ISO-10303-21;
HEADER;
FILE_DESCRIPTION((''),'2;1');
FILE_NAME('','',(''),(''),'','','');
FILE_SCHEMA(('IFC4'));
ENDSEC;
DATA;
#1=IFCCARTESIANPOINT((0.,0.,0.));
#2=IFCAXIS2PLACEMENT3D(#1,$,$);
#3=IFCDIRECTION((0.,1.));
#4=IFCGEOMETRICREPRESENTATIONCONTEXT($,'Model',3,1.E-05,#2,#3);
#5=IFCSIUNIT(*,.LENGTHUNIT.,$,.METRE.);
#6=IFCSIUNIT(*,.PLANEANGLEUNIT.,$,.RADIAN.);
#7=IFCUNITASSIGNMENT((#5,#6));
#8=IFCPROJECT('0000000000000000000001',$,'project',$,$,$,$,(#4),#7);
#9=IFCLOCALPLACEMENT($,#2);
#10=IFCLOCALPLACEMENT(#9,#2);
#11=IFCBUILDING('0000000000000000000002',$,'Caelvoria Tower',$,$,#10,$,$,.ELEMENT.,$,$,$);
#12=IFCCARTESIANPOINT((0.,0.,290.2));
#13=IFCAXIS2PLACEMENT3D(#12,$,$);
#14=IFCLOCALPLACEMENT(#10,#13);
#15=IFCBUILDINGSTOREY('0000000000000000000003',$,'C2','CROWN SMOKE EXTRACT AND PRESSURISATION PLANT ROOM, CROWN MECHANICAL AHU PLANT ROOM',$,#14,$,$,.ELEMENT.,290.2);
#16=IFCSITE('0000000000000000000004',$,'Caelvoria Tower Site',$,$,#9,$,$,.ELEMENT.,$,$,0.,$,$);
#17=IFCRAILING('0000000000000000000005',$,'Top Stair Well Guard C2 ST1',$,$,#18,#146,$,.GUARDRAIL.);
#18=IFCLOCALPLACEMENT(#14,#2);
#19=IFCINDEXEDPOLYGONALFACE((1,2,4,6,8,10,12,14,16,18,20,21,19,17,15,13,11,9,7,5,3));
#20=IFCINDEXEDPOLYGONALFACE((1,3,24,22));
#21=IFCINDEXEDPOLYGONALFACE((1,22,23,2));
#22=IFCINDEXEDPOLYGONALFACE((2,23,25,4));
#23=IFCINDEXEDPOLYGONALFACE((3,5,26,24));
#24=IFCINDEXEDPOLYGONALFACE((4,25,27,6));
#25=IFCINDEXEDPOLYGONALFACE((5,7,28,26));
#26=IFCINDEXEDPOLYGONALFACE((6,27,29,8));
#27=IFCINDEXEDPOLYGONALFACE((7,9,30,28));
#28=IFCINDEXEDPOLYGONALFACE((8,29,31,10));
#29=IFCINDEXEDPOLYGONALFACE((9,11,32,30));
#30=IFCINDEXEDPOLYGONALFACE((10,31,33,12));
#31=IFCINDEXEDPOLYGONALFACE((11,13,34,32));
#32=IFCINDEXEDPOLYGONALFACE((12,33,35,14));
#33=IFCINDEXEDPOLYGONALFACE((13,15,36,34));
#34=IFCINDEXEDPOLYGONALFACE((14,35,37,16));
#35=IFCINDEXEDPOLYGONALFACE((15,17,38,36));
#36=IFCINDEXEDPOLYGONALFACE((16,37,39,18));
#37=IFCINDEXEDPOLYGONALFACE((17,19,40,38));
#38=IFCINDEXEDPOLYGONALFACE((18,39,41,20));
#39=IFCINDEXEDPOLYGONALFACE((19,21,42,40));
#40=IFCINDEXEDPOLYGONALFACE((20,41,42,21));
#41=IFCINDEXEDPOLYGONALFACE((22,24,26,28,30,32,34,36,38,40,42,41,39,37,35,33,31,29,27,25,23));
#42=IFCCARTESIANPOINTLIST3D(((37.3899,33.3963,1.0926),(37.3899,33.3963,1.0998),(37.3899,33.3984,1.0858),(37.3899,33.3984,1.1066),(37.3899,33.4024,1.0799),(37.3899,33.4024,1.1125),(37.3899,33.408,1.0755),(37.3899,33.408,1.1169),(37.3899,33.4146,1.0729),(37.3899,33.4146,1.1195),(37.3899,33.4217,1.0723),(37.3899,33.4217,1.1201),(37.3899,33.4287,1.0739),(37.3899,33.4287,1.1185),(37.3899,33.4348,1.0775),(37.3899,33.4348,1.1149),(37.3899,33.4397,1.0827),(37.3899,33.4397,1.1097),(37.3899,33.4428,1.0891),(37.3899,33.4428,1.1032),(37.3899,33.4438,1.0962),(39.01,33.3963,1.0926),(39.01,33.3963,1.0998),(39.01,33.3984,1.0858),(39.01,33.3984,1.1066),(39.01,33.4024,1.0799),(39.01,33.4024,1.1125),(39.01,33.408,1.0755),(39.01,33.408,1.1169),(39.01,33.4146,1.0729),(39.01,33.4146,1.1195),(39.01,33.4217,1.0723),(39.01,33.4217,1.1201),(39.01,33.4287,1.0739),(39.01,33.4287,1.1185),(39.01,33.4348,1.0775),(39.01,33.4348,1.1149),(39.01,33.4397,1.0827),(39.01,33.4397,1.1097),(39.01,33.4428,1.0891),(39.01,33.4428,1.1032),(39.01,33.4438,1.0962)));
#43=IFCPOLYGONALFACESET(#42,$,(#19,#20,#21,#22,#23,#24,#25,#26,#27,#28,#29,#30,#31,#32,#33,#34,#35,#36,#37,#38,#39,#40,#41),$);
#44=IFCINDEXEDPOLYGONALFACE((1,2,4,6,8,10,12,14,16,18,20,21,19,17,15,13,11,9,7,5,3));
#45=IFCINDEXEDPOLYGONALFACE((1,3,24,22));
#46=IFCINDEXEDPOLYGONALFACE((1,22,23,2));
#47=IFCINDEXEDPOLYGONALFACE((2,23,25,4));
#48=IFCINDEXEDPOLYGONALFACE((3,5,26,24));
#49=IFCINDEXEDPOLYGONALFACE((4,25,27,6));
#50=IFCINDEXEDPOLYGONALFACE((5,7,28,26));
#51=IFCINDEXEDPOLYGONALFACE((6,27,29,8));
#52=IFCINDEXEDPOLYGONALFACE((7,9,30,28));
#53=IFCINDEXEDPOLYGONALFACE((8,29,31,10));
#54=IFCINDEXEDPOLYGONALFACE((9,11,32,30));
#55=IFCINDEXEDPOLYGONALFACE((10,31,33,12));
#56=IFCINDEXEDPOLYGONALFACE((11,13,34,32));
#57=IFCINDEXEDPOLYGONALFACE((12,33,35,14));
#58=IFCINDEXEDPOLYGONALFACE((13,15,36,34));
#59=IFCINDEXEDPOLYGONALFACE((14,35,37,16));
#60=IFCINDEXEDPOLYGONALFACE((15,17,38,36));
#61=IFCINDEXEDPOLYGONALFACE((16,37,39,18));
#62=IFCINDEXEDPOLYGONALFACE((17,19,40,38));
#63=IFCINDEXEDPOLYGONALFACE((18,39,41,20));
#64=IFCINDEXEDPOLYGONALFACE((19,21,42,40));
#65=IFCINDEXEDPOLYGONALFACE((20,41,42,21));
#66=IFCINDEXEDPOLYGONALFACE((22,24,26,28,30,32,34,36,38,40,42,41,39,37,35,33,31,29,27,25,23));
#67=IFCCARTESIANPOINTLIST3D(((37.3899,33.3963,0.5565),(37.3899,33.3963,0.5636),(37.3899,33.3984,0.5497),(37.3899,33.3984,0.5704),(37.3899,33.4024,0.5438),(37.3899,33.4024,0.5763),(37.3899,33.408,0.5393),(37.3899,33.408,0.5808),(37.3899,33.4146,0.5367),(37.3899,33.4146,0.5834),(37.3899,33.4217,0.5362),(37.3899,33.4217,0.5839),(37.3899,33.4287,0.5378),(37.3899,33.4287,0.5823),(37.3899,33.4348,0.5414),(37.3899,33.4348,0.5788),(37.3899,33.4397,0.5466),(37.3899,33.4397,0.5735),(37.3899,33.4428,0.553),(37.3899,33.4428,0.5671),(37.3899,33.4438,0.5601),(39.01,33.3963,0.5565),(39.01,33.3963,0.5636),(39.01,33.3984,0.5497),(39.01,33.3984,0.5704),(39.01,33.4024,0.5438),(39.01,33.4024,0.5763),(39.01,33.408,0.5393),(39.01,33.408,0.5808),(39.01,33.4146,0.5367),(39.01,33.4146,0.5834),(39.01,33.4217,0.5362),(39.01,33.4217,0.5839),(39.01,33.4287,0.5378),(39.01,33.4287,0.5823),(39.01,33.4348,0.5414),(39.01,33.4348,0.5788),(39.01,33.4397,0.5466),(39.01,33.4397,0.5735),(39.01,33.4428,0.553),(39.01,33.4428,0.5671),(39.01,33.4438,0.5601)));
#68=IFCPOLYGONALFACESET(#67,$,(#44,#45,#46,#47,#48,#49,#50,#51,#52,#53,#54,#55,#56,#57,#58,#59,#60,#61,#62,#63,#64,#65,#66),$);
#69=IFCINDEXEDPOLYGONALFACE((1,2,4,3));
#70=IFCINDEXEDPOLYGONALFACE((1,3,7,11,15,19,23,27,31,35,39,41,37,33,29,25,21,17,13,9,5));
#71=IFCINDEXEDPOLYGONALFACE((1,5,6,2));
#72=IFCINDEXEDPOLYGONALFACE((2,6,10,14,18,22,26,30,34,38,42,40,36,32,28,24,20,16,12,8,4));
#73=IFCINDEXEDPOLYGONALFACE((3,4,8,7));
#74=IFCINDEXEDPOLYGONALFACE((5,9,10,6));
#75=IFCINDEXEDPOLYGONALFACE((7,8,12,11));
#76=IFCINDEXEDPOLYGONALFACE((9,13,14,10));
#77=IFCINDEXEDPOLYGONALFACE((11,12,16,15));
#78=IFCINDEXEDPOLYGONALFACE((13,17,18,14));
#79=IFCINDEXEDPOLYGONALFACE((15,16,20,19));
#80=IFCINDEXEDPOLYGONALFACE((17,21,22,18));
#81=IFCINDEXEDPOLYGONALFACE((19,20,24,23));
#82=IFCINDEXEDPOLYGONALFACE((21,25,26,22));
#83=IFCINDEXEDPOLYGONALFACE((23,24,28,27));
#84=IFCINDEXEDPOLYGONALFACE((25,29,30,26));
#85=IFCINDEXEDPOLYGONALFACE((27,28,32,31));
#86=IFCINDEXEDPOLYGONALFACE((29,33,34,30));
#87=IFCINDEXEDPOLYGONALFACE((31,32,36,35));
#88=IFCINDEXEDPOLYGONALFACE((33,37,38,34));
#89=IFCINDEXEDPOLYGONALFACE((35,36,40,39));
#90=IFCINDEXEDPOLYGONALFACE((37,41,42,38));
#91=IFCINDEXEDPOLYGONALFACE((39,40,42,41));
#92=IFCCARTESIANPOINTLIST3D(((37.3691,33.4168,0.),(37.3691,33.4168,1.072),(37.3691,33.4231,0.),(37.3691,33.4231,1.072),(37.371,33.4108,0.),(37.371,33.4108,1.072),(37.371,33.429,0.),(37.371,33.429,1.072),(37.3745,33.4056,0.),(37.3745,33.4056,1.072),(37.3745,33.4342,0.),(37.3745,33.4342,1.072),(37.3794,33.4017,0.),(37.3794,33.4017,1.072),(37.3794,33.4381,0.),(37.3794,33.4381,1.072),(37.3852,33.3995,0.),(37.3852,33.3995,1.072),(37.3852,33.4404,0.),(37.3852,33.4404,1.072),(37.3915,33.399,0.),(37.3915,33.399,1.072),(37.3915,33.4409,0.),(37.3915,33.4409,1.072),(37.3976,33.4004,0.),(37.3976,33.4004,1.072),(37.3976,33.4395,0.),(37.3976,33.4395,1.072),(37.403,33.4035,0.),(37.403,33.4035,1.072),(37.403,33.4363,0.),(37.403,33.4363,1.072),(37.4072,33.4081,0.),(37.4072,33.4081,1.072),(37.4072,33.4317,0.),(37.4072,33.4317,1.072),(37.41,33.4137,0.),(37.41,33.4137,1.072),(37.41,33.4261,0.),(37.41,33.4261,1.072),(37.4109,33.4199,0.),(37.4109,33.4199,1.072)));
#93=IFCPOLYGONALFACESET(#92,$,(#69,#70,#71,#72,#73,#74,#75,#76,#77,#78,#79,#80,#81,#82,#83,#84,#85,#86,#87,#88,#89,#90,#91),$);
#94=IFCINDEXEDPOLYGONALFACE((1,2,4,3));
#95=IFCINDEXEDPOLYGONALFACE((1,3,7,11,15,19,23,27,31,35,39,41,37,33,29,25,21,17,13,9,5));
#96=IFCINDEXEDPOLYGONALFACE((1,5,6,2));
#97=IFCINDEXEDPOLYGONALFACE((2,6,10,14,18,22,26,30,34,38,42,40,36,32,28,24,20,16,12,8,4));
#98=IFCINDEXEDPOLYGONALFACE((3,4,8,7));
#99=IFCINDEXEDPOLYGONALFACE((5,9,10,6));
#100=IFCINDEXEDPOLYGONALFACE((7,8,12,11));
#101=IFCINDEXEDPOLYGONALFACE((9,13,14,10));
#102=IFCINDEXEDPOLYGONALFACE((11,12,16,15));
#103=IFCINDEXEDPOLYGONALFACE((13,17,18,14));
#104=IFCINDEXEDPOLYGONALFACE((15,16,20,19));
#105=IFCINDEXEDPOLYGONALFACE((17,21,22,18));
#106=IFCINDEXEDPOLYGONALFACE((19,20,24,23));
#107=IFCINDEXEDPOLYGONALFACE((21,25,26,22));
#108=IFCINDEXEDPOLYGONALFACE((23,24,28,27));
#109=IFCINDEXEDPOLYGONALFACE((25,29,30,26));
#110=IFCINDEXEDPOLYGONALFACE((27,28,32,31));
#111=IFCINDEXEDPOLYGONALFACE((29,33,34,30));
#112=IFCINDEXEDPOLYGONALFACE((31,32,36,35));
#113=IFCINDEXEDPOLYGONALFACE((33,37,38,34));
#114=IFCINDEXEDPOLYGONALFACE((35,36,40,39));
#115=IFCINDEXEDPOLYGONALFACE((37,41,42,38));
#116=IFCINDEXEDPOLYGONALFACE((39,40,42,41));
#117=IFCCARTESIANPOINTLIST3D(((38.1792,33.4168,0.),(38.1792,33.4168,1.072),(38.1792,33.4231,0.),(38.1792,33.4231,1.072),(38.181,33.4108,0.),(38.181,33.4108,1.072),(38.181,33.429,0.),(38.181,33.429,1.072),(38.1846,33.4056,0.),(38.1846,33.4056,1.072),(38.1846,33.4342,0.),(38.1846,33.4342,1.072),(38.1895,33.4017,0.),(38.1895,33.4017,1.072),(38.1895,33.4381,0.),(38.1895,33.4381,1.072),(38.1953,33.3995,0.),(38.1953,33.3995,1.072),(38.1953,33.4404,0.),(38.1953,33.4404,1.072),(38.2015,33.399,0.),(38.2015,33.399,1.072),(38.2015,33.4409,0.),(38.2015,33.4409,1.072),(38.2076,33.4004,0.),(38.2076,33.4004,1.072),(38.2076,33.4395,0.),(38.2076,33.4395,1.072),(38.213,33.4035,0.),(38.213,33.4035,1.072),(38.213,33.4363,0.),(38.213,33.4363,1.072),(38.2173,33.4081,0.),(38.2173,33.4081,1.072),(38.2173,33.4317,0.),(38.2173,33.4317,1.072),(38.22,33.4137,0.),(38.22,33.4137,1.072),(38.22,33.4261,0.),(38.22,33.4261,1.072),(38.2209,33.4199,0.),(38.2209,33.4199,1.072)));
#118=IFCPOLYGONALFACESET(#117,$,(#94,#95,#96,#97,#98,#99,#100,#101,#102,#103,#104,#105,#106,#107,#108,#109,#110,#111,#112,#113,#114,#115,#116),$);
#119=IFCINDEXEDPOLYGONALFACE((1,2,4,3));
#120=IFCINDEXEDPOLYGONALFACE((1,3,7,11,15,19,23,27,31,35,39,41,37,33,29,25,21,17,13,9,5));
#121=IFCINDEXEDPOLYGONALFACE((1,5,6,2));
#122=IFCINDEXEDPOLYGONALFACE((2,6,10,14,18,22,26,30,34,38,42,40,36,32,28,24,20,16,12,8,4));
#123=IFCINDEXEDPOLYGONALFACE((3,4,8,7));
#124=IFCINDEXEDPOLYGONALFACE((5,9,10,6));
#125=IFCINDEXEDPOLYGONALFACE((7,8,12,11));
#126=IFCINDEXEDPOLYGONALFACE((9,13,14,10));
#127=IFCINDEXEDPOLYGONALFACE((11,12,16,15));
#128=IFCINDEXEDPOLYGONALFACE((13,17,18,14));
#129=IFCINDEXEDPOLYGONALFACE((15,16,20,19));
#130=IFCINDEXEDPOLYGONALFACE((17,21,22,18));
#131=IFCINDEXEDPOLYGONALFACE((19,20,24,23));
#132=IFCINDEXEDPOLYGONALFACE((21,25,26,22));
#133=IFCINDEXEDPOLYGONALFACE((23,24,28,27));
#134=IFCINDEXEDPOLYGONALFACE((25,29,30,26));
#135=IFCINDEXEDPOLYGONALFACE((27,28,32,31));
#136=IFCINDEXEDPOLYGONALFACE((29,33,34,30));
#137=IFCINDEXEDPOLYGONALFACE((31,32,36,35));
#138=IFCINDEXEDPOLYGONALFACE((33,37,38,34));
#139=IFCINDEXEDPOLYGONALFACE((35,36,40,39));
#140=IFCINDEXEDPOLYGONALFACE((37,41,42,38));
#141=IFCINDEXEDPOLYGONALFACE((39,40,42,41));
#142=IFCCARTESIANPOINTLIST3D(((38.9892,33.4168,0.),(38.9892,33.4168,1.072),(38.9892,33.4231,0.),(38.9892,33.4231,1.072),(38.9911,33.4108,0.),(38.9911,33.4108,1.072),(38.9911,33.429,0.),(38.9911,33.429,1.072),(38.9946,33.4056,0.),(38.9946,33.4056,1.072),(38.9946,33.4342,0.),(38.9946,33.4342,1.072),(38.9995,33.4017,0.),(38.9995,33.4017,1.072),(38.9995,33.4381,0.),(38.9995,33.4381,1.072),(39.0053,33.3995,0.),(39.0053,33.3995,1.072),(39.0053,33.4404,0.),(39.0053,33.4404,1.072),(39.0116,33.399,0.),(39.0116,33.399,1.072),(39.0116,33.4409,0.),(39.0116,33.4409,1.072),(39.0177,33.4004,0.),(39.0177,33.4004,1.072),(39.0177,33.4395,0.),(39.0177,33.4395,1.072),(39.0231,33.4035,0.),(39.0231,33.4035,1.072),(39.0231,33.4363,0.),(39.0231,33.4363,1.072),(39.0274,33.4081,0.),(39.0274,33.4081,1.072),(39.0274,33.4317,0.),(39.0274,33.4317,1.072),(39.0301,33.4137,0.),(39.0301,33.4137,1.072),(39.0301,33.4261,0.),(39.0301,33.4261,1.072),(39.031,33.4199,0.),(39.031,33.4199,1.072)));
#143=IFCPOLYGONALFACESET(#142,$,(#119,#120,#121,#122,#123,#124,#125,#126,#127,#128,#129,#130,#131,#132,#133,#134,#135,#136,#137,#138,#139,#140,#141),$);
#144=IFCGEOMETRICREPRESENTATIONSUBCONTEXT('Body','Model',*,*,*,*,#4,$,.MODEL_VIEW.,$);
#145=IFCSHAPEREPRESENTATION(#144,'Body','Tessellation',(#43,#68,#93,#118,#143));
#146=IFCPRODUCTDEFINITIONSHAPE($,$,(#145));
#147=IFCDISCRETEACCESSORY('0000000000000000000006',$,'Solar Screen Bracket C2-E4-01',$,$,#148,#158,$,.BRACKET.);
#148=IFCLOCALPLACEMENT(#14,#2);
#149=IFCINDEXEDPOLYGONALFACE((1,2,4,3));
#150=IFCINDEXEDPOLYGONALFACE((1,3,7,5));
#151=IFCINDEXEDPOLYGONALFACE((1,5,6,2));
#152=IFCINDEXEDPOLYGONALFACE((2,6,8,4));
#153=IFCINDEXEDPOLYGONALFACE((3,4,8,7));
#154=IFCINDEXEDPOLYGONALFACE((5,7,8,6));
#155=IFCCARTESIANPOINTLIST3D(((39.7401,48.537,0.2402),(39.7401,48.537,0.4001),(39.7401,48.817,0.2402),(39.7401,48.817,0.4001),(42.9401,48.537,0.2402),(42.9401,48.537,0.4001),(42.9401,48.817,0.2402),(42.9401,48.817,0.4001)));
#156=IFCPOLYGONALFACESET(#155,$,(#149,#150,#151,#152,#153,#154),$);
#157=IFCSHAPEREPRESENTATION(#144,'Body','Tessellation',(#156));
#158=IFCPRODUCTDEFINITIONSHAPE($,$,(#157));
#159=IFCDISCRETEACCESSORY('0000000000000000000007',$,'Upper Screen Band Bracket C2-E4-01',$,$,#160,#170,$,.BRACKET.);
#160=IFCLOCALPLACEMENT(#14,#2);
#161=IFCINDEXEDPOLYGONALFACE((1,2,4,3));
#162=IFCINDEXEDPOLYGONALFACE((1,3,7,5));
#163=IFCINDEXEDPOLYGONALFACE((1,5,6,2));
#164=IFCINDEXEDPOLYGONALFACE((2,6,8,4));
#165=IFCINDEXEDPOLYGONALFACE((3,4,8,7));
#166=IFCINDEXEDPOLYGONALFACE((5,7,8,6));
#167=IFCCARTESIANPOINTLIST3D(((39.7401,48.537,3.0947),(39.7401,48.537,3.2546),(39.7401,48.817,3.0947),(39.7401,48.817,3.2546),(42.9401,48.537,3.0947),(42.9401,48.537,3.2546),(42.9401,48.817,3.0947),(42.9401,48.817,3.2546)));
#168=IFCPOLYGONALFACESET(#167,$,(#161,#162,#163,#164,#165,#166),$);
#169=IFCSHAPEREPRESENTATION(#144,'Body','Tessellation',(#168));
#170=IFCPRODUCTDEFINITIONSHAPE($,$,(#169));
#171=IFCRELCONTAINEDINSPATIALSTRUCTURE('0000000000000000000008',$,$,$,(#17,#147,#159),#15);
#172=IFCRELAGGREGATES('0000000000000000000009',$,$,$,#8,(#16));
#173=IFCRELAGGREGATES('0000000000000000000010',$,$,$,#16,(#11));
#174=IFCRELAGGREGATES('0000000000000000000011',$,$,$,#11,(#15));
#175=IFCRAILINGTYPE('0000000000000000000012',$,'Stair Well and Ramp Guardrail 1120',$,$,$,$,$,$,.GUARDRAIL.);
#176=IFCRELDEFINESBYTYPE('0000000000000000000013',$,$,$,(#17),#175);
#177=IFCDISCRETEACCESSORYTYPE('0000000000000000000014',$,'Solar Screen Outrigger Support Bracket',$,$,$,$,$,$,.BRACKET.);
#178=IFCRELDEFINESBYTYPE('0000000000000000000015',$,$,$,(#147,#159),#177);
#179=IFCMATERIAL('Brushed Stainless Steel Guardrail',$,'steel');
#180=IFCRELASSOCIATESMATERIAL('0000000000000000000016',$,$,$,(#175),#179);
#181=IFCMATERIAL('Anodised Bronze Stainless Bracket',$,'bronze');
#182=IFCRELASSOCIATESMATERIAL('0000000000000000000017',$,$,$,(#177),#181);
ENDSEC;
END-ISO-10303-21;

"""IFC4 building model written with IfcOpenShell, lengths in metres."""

from ifc_helpers import new_model, si_unit, direction, frame, origin, origin_2d, place, context, subcontext, project, spatial, rectangle, circle, extrude, material, type_object, element, save


model = new_model("IFC4")

# Units and contexts
model_context = context("Model", 3, precision=1e-05, world=origin(), true_north=direction((0.0, 1.0)))
body_context = subcontext(model_context, "Body", "Model", "MODEL_VIEW")
ifc_project = project(units=[si_unit("LENGTHUNIT", "METRE"), si_unit("PLANEANGLEUNIT", "RADIAN")], contexts=[model_context])

# Site, building, storey
site_placement = place(None, origin())
site = spatial("IfcSite", under=ifc_project, at=site_placement, Name="Caelvoria Tower Site", CompositionType="ELEMENT", RefElevation=0.0)
building_placement = place(site_placement, origin())
building = spatial("IfcBuilding", under=site, at=building_placement, Name="Caelvoria Tower", CompositionType="ELEMENT")
storey_placement = place(building_placement, frame((0.0, 0.0, 290.2)))
storey = spatial("IfcBuildingStorey", under=building, at=storey_placement, Name="C2", Description="CROWN SMOKE EXTRACT AND PRESSURISATION PLANT ROOM, CROWN MECHANICAL AHU PLANT ROOM", CompositionType="ELEMENT", Elevation=290.2)

# Railing
ifc_material_1 = material(Name="Brushed Stainless Steel Guardrail", Category="steel")
railing_type = type_object("IfcRailingType", Name="Stair Well and Ramp Guardrail 1120", PredefinedType="GUARDRAIL", material=ifc_material_1)
railing_placement = place(storey_placement, frame((37.3899, 33.4199, 0.0)))
element("IfcRailing", 1, at=railing_placement, inside=storey, type_object=railing_type, Name="Top Stair Well Guard C2 ST1", PredefinedType="GUARDRAIL", context=body_context, shape_type="SweptSolid", body=[
    extrude(circle(Radius=0.0239, at=origin_2d()), frame((0.0, 0.0, 1.0962), z_axis=(1.0, 0.0, 0.0), x_axis=(0.0, 1.0, 0.0)), (0.0, 0.0, 1.0), 1.6201),
    extrude(circle(Radius=0.0239, at=origin_2d()), frame((0.0, 0.0, 0.5601), z_axis=(1.0, 0.0, 0.0), x_axis=(0.0, 1.0, 0.0)), (0.0, 0.0, 1.0), 1.6201),
    extrude(circle(Radius=0.021, at=origin_2d()), origin(), (0.0, 0.0, 1.0), 1.072),
    extrude(circle(Radius=0.021, at=origin_2d()), frame((0.8101, 0.0, 0.0)), (0.0, 0.0, 1.0), 1.072),
    extrude(circle(Radius=0.021, at=origin_2d()), frame((1.6201, 0.0, 0.0)), (0.0, 0.0, 1.0), 1.072),
])

# Discrete accessories
ifc_material_2 = material(Name="Anodised Bronze Stainless Bracket", Category="bronze")
discrete_accessory_type = type_object("IfcDiscreteAccessoryType", Name="Solar Screen Outrigger Support Bracket", PredefinedType="BRACKET", material=ifc_material_2)
for number, where, z_axis, x_axis, name in (
    (2, (41.3401, 48.677, 0.2402), (0.0, 0.0, 1.0), (-1.0, 0.0, 0.0), "Solar Screen Bracket C2-E4-01"),
    (3, (41.3401, 48.677, 3.0947), (0.0, 0.0, 1.0), (-1.0, 0.0, 0.0), "Upper Screen Band Bracket C2-E4-01"),
):
    element("IfcDiscreteAccessory", number, at=place(storey_placement, frame(where, z_axis=z_axis, x_axis=x_axis)), inside=storey, type_object=discrete_accessory_type, Name=name, PredefinedType="BRACKET", context=body_context, shape_type="SweptSolid", body=[
        extrude(rectangle(XDim=3.2, YDim=0.28, at=origin_2d()), origin(), (0.0, 0.0, 1.0), 0.1599),
    ])

save(model, "model.ifc")
